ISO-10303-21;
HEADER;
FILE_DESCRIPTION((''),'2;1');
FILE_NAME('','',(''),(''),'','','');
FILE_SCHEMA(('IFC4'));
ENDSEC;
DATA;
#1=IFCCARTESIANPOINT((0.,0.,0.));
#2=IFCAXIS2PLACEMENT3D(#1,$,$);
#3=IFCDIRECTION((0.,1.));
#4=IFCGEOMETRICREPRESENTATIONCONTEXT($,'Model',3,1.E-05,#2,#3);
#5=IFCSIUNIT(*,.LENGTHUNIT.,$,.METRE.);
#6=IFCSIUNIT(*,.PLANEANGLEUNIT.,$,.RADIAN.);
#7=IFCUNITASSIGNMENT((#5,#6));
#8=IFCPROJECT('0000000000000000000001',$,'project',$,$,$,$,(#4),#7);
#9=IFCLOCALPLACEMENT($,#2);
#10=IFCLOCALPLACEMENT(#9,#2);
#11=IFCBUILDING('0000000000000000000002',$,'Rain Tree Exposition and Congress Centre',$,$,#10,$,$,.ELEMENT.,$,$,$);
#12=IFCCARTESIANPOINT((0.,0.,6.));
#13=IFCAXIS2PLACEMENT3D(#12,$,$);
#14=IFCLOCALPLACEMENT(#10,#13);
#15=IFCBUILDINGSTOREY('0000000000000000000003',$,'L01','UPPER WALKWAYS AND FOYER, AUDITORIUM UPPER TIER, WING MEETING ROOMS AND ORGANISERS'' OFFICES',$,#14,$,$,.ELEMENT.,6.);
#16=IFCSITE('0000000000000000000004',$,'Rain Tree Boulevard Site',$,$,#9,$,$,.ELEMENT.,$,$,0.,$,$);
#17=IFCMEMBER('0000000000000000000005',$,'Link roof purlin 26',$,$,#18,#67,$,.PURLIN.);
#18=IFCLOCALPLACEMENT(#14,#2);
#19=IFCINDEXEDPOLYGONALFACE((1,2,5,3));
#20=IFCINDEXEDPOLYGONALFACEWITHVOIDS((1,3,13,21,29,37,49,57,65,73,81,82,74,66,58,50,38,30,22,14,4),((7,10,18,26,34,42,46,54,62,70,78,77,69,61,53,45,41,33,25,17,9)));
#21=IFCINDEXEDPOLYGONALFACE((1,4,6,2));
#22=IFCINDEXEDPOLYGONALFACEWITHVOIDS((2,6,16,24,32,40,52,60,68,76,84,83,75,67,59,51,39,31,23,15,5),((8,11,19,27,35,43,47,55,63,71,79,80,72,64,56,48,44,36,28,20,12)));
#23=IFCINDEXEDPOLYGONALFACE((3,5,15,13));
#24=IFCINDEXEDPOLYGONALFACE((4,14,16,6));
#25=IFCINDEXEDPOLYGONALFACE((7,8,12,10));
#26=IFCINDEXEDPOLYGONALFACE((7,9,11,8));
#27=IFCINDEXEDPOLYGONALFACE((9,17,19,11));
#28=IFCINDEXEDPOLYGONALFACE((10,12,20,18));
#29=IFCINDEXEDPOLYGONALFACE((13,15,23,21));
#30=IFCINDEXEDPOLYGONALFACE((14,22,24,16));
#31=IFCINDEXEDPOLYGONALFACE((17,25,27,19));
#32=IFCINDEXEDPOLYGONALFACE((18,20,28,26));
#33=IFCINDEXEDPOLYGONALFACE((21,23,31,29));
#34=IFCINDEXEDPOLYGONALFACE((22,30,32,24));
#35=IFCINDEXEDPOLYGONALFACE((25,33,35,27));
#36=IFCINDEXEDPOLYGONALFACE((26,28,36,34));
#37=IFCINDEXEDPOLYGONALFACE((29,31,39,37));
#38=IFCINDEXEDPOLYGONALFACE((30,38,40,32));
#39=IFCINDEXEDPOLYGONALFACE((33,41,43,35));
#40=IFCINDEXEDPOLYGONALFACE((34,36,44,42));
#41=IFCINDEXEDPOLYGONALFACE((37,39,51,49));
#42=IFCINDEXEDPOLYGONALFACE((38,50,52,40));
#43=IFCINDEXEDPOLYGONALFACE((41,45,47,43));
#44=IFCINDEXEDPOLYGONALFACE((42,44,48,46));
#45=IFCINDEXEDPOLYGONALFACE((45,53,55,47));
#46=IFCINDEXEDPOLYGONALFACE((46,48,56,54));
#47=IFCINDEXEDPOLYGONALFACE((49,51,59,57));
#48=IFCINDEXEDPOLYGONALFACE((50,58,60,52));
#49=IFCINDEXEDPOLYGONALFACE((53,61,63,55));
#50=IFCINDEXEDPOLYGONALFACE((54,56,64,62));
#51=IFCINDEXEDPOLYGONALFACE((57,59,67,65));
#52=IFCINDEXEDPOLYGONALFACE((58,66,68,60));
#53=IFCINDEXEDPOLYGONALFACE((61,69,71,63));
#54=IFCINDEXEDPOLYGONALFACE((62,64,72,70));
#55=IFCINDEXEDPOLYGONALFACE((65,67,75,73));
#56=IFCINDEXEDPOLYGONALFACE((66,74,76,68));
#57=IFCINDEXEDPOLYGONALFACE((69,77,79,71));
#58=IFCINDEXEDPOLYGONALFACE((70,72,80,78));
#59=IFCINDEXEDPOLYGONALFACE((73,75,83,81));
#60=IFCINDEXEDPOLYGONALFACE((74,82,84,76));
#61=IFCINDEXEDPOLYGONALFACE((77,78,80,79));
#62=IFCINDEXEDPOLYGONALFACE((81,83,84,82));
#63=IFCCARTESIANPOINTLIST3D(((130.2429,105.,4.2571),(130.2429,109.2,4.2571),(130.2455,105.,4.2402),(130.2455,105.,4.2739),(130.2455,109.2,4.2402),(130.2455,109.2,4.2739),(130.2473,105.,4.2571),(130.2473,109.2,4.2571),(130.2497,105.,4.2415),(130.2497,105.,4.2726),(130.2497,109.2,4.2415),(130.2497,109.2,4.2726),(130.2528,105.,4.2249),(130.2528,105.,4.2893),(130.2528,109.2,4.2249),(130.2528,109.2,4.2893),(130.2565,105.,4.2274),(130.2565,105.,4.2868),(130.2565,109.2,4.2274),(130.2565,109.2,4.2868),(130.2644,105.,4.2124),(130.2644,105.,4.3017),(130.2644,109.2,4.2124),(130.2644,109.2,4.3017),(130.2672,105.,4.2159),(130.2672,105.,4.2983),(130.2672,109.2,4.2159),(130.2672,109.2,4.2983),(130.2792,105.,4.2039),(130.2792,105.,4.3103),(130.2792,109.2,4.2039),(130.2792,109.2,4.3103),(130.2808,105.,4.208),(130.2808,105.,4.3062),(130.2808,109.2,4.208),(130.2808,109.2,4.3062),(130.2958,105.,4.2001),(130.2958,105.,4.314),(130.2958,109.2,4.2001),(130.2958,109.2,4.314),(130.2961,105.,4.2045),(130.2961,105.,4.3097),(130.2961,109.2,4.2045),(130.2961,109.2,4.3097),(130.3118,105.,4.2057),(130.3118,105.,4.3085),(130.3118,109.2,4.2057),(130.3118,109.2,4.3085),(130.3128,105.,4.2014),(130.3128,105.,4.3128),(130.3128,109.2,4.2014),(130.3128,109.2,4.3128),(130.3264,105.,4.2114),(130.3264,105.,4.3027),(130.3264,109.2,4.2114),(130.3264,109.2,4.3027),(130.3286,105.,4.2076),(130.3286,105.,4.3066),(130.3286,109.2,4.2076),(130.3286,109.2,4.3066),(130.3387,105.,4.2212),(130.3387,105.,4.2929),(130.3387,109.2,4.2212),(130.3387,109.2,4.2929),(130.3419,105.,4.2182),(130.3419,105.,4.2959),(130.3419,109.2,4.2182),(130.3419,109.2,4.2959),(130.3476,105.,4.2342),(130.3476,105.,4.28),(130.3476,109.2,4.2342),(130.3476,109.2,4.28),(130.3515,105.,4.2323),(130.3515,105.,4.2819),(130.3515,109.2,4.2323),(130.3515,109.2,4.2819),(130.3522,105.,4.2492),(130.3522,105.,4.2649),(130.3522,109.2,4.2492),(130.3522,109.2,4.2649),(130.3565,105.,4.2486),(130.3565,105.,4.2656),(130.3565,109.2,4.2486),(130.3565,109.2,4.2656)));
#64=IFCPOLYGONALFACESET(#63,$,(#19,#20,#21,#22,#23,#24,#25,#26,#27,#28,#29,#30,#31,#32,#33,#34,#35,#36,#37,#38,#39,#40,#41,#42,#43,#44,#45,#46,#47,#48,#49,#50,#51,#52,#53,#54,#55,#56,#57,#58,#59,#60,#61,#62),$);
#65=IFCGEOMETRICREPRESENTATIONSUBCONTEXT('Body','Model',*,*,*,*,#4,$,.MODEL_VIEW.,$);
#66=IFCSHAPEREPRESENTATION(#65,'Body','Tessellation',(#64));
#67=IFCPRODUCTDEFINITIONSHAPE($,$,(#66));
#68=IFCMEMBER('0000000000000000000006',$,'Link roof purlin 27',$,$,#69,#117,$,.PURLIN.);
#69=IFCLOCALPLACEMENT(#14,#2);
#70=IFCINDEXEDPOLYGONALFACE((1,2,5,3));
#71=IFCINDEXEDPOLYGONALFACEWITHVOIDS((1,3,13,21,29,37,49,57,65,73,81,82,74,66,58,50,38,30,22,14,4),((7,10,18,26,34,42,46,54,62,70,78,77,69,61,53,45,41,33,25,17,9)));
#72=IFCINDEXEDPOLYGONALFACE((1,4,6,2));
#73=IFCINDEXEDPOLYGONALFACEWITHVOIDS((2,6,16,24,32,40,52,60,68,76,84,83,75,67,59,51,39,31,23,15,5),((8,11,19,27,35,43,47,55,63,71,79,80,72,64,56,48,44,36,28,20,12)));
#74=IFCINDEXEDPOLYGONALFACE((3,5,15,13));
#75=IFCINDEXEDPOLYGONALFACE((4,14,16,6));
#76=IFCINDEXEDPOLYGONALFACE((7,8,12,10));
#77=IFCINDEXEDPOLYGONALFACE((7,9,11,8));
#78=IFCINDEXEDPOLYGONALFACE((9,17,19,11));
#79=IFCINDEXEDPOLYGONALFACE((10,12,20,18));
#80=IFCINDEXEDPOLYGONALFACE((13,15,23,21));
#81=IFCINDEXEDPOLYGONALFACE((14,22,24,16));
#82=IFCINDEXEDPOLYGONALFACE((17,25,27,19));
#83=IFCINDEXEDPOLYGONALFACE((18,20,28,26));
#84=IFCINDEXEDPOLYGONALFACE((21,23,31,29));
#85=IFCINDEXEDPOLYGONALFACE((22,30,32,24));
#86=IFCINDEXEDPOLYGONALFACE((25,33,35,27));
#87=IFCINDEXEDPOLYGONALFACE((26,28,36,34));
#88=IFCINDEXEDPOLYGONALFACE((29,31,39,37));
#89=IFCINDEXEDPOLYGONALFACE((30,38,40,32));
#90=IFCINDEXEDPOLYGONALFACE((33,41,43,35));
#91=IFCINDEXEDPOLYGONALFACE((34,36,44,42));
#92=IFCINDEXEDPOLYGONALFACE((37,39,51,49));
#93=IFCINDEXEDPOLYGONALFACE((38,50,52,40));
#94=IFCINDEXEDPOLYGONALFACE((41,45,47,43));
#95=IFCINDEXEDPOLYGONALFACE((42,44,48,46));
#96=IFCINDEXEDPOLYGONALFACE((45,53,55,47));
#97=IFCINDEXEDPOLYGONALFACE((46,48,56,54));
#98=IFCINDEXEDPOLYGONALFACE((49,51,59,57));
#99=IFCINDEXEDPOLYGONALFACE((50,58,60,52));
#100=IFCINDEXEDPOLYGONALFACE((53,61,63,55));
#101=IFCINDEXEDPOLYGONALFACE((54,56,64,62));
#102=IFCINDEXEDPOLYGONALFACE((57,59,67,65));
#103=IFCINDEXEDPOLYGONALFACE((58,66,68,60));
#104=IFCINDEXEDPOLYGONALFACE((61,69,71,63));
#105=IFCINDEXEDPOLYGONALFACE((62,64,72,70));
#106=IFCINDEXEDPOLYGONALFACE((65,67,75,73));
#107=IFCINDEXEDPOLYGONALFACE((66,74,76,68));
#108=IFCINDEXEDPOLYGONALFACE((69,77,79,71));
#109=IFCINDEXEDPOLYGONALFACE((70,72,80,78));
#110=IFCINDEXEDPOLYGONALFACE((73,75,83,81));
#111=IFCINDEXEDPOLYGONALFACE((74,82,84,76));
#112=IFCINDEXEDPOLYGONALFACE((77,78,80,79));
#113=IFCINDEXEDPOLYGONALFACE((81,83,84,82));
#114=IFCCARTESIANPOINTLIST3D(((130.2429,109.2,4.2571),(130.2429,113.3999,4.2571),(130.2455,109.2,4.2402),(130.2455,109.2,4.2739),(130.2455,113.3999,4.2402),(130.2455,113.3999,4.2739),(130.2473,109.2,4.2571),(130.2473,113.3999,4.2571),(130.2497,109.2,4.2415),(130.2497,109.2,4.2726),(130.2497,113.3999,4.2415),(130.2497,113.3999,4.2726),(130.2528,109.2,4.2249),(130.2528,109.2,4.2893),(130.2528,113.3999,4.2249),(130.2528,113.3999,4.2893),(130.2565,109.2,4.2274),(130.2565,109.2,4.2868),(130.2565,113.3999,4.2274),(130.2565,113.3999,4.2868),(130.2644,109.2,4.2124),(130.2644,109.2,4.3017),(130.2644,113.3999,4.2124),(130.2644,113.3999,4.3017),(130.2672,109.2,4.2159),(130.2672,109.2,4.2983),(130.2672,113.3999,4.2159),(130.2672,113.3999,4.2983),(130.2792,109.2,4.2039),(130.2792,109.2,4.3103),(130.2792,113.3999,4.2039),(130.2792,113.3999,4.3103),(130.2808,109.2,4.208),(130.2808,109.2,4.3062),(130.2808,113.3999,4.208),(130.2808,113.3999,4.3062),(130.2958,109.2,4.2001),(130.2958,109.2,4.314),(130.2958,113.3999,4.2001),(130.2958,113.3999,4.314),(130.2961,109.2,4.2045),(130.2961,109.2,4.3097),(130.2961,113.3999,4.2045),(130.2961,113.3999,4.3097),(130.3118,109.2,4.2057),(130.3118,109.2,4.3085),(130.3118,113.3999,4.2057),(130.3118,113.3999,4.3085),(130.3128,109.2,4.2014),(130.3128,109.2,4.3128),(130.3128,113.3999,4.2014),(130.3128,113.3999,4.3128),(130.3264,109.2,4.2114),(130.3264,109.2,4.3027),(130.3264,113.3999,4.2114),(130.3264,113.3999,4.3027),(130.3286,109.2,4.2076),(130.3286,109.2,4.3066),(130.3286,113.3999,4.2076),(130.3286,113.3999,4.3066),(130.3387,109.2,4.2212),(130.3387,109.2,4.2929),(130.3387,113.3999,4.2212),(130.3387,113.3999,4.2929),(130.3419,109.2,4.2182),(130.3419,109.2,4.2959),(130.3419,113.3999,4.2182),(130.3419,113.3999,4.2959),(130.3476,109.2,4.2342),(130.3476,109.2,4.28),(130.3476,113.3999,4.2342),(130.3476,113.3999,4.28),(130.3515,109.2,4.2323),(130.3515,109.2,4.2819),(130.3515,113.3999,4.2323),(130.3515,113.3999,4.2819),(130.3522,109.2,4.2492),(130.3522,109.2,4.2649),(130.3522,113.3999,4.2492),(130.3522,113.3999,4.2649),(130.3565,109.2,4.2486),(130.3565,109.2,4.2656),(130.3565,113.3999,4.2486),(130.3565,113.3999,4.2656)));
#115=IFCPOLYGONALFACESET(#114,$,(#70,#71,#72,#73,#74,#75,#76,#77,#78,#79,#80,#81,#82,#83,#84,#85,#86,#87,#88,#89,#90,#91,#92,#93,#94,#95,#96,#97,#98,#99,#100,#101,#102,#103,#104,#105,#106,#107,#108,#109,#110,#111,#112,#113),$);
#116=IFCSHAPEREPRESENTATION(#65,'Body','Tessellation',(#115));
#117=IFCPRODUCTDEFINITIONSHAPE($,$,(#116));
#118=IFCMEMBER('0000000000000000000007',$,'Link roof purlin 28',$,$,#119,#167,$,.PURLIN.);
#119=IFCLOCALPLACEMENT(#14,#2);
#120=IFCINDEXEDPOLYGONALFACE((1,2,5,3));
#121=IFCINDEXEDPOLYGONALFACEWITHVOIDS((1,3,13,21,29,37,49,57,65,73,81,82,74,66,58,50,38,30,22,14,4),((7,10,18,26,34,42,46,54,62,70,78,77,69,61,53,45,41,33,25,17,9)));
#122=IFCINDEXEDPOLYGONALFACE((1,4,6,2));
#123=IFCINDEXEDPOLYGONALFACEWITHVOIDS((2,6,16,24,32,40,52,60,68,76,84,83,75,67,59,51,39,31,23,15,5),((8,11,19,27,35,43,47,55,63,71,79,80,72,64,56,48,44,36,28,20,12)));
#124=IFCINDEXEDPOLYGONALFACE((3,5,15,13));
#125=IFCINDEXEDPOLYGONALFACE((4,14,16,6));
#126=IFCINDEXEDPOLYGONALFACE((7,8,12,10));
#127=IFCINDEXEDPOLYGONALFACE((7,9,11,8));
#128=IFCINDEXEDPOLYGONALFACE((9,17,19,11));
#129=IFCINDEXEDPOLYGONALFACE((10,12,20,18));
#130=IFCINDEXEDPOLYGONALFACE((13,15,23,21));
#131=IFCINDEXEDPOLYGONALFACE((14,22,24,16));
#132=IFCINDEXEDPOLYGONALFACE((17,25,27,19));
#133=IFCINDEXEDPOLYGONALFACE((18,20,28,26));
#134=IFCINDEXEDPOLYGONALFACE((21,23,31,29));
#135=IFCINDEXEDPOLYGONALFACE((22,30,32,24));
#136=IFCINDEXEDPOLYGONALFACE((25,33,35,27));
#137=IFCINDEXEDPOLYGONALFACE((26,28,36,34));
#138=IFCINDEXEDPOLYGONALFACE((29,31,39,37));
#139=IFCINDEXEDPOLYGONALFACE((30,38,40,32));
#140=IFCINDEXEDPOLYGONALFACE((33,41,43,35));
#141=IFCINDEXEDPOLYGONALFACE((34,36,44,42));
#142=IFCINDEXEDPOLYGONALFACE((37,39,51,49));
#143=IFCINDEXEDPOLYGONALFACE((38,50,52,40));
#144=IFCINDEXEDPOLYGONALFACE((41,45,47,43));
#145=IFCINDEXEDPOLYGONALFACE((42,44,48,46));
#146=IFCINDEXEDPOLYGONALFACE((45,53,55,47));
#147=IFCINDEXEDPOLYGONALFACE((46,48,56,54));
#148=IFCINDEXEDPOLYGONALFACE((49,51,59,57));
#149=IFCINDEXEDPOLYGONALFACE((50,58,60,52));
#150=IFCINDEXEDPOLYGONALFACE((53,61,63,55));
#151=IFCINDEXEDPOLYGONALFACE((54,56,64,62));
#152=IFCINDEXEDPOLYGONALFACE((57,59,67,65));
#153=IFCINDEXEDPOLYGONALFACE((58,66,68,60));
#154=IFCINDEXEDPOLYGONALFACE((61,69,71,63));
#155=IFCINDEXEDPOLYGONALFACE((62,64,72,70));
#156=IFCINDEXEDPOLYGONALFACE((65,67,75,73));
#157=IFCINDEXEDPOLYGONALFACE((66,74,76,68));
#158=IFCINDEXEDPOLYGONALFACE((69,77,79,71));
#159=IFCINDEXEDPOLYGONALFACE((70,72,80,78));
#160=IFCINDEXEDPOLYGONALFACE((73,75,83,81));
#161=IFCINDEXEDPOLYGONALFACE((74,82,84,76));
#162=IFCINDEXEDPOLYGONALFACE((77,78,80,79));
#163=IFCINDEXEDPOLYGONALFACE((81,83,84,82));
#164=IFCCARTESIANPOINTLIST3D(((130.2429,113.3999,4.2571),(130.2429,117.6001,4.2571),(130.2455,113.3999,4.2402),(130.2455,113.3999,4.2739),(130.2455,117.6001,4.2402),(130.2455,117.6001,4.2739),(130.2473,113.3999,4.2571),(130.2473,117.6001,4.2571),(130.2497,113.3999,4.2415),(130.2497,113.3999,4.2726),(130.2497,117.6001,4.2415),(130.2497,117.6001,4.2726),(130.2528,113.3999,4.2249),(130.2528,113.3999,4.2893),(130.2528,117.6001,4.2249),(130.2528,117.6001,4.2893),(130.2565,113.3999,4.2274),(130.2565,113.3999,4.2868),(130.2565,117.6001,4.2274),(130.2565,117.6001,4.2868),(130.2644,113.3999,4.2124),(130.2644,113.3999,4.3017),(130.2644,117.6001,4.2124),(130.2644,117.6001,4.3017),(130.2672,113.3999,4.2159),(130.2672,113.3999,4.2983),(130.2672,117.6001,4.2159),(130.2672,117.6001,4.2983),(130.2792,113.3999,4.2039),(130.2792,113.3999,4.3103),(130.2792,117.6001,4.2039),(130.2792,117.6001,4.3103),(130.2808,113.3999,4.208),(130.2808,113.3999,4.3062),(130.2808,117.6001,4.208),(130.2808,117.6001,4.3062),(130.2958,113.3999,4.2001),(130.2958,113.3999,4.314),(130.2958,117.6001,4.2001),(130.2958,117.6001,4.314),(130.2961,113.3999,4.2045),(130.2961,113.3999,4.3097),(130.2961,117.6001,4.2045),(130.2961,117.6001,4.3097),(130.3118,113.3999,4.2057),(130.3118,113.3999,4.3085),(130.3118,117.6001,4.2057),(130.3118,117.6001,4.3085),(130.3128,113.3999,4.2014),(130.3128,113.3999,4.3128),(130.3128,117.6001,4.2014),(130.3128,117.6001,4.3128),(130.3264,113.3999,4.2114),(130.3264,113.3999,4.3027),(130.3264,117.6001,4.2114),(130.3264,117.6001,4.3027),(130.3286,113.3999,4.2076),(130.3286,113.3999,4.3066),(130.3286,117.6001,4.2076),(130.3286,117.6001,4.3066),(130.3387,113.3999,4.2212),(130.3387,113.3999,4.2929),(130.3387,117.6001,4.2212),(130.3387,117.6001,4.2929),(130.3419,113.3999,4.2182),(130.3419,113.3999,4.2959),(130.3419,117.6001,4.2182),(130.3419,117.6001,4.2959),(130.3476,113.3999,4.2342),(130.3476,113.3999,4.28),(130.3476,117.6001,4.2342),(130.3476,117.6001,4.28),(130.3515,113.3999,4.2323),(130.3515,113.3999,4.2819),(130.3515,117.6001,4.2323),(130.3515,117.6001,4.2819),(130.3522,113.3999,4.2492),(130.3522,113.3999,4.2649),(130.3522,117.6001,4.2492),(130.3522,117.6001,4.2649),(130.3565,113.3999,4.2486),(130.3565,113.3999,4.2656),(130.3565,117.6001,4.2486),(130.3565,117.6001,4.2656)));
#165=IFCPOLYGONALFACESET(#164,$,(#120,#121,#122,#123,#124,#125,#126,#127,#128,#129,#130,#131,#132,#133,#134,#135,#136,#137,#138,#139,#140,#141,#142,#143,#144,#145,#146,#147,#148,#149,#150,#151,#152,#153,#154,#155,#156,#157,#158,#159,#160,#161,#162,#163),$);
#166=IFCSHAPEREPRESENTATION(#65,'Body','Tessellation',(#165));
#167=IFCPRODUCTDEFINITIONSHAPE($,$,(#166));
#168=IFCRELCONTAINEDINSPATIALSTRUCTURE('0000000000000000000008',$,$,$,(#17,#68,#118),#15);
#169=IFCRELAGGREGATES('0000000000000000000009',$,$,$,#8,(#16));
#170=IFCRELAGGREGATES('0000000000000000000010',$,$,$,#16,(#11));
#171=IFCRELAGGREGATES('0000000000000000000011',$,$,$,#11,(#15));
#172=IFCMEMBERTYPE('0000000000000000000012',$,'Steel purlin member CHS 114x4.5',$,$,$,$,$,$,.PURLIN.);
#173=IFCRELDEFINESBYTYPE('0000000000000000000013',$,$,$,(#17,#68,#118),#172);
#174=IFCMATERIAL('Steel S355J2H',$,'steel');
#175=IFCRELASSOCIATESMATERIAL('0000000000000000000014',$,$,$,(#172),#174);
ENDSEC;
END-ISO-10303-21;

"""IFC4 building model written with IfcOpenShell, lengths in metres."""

from ifc_helpers import new_model, si_unit, direction, frame, origin, origin_2d, place, context, subcontext, project, spatial, hollow_circle, extrude, material, material_profile, profile_set, type_object, element, save


model = new_model("IFC4")

# Units and contexts
model_context = context("Model", 3, precision=1e-05, world=origin(), true_north=direction((0.0, 1.0)))
body_context = subcontext(model_context, "Body", "Model", "MODEL_VIEW")
ifc_project = project(units=[si_unit("LENGTHUNIT", "METRE"), si_unit("PLANEANGLEUNIT", "RADIAN")], contexts=[model_context])

# Site, building, storey
site_placement = place(None, origin())
site = spatial("IfcSite", under=ifc_project, at=site_placement, Name="Rain Tree Boulevard Site", CompositionType="ELEMENT", RefElevation=0.0)
building_placement = place(site_placement, origin())
building = spatial("IfcBuilding", under=site, at=building_placement, Name="Rain Tree Exposition and Congress Centre", CompositionType="ELEMENT")
storey_placement = place(building_placement, frame((0.0, 0.0, 6.0)))
storey = spatial("IfcBuildingStorey", under=building, at=storey_placement, Name="L01", Description="UPPER WALKWAYS AND FOYER, AUDITORIUM UPPER TIER, WING MEETING ROOMS AND ORGANISERS' OFFICES", CompositionType="ELEMENT", Elevation=6.0)

# Members
ifc_material_1 = material(Name="Steel S355J2H", Category="steel")
ifc_material_profile_1 = material_profile(ifc_material_1, hollow_circle(Radius=0.0571, WallThickness=0.0044, at=origin_2d()), Name="CHS 114x4.5")
ifc_profile_set_1 = profile_set([ifc_material_profile_1], Name="Steel S355J2H")
member_type = type_object("IfcMemberType", Name="Steel purlin member CHS 114x4.5", PredefinedType="PURLIN", material=ifc_profile_set_1)
for number, where, z_axis, x_axis, name in (
    (1, (130.3, 105.0, 4.2571), (0.0, 1.0, 0.0), (-1.0, 0.0, 0.0), "Link roof purlin 26"),
    (2, (130.3, 109.2, 4.2571), (0.0, 1.0, 0.0), (-1.0, 0.0, 0.0), "Link roof purlin 27"),
):
    element("IfcMember", number, at=place(storey_placement, frame(where, z_axis=z_axis, x_axis=x_axis)), inside=storey, type_object=member_type, Name=name, PredefinedType="PURLIN", context=body_context, shape_type="SweptSolid", body=[
        extrude(hollow_circle(Radius=0.0571, WallThickness=0.0044, at=origin_2d()), origin(), (0.0, 0.0, 1.0), 4.2),
    ])
member_1_placement = place(storey_placement, frame((130.3, 113.3999, 4.2571), z_axis=(0.0, 1.0, 0.0), x_axis=(-1.0, 0.0, 0.0)))
element("IfcMember", 3, at=member_1_placement, inside=storey, type_object=member_type, Name="Link roof purlin 28", PredefinedType="PURLIN", context=body_context, shape_type="SweptSolid", body=[
    extrude(hollow_circle(Radius=0.0571, WallThickness=0.0044, at=origin_2d()), origin(), (0.0, 0.0, 1.0), 4.2002),
])

save(model, "model.ifc")
